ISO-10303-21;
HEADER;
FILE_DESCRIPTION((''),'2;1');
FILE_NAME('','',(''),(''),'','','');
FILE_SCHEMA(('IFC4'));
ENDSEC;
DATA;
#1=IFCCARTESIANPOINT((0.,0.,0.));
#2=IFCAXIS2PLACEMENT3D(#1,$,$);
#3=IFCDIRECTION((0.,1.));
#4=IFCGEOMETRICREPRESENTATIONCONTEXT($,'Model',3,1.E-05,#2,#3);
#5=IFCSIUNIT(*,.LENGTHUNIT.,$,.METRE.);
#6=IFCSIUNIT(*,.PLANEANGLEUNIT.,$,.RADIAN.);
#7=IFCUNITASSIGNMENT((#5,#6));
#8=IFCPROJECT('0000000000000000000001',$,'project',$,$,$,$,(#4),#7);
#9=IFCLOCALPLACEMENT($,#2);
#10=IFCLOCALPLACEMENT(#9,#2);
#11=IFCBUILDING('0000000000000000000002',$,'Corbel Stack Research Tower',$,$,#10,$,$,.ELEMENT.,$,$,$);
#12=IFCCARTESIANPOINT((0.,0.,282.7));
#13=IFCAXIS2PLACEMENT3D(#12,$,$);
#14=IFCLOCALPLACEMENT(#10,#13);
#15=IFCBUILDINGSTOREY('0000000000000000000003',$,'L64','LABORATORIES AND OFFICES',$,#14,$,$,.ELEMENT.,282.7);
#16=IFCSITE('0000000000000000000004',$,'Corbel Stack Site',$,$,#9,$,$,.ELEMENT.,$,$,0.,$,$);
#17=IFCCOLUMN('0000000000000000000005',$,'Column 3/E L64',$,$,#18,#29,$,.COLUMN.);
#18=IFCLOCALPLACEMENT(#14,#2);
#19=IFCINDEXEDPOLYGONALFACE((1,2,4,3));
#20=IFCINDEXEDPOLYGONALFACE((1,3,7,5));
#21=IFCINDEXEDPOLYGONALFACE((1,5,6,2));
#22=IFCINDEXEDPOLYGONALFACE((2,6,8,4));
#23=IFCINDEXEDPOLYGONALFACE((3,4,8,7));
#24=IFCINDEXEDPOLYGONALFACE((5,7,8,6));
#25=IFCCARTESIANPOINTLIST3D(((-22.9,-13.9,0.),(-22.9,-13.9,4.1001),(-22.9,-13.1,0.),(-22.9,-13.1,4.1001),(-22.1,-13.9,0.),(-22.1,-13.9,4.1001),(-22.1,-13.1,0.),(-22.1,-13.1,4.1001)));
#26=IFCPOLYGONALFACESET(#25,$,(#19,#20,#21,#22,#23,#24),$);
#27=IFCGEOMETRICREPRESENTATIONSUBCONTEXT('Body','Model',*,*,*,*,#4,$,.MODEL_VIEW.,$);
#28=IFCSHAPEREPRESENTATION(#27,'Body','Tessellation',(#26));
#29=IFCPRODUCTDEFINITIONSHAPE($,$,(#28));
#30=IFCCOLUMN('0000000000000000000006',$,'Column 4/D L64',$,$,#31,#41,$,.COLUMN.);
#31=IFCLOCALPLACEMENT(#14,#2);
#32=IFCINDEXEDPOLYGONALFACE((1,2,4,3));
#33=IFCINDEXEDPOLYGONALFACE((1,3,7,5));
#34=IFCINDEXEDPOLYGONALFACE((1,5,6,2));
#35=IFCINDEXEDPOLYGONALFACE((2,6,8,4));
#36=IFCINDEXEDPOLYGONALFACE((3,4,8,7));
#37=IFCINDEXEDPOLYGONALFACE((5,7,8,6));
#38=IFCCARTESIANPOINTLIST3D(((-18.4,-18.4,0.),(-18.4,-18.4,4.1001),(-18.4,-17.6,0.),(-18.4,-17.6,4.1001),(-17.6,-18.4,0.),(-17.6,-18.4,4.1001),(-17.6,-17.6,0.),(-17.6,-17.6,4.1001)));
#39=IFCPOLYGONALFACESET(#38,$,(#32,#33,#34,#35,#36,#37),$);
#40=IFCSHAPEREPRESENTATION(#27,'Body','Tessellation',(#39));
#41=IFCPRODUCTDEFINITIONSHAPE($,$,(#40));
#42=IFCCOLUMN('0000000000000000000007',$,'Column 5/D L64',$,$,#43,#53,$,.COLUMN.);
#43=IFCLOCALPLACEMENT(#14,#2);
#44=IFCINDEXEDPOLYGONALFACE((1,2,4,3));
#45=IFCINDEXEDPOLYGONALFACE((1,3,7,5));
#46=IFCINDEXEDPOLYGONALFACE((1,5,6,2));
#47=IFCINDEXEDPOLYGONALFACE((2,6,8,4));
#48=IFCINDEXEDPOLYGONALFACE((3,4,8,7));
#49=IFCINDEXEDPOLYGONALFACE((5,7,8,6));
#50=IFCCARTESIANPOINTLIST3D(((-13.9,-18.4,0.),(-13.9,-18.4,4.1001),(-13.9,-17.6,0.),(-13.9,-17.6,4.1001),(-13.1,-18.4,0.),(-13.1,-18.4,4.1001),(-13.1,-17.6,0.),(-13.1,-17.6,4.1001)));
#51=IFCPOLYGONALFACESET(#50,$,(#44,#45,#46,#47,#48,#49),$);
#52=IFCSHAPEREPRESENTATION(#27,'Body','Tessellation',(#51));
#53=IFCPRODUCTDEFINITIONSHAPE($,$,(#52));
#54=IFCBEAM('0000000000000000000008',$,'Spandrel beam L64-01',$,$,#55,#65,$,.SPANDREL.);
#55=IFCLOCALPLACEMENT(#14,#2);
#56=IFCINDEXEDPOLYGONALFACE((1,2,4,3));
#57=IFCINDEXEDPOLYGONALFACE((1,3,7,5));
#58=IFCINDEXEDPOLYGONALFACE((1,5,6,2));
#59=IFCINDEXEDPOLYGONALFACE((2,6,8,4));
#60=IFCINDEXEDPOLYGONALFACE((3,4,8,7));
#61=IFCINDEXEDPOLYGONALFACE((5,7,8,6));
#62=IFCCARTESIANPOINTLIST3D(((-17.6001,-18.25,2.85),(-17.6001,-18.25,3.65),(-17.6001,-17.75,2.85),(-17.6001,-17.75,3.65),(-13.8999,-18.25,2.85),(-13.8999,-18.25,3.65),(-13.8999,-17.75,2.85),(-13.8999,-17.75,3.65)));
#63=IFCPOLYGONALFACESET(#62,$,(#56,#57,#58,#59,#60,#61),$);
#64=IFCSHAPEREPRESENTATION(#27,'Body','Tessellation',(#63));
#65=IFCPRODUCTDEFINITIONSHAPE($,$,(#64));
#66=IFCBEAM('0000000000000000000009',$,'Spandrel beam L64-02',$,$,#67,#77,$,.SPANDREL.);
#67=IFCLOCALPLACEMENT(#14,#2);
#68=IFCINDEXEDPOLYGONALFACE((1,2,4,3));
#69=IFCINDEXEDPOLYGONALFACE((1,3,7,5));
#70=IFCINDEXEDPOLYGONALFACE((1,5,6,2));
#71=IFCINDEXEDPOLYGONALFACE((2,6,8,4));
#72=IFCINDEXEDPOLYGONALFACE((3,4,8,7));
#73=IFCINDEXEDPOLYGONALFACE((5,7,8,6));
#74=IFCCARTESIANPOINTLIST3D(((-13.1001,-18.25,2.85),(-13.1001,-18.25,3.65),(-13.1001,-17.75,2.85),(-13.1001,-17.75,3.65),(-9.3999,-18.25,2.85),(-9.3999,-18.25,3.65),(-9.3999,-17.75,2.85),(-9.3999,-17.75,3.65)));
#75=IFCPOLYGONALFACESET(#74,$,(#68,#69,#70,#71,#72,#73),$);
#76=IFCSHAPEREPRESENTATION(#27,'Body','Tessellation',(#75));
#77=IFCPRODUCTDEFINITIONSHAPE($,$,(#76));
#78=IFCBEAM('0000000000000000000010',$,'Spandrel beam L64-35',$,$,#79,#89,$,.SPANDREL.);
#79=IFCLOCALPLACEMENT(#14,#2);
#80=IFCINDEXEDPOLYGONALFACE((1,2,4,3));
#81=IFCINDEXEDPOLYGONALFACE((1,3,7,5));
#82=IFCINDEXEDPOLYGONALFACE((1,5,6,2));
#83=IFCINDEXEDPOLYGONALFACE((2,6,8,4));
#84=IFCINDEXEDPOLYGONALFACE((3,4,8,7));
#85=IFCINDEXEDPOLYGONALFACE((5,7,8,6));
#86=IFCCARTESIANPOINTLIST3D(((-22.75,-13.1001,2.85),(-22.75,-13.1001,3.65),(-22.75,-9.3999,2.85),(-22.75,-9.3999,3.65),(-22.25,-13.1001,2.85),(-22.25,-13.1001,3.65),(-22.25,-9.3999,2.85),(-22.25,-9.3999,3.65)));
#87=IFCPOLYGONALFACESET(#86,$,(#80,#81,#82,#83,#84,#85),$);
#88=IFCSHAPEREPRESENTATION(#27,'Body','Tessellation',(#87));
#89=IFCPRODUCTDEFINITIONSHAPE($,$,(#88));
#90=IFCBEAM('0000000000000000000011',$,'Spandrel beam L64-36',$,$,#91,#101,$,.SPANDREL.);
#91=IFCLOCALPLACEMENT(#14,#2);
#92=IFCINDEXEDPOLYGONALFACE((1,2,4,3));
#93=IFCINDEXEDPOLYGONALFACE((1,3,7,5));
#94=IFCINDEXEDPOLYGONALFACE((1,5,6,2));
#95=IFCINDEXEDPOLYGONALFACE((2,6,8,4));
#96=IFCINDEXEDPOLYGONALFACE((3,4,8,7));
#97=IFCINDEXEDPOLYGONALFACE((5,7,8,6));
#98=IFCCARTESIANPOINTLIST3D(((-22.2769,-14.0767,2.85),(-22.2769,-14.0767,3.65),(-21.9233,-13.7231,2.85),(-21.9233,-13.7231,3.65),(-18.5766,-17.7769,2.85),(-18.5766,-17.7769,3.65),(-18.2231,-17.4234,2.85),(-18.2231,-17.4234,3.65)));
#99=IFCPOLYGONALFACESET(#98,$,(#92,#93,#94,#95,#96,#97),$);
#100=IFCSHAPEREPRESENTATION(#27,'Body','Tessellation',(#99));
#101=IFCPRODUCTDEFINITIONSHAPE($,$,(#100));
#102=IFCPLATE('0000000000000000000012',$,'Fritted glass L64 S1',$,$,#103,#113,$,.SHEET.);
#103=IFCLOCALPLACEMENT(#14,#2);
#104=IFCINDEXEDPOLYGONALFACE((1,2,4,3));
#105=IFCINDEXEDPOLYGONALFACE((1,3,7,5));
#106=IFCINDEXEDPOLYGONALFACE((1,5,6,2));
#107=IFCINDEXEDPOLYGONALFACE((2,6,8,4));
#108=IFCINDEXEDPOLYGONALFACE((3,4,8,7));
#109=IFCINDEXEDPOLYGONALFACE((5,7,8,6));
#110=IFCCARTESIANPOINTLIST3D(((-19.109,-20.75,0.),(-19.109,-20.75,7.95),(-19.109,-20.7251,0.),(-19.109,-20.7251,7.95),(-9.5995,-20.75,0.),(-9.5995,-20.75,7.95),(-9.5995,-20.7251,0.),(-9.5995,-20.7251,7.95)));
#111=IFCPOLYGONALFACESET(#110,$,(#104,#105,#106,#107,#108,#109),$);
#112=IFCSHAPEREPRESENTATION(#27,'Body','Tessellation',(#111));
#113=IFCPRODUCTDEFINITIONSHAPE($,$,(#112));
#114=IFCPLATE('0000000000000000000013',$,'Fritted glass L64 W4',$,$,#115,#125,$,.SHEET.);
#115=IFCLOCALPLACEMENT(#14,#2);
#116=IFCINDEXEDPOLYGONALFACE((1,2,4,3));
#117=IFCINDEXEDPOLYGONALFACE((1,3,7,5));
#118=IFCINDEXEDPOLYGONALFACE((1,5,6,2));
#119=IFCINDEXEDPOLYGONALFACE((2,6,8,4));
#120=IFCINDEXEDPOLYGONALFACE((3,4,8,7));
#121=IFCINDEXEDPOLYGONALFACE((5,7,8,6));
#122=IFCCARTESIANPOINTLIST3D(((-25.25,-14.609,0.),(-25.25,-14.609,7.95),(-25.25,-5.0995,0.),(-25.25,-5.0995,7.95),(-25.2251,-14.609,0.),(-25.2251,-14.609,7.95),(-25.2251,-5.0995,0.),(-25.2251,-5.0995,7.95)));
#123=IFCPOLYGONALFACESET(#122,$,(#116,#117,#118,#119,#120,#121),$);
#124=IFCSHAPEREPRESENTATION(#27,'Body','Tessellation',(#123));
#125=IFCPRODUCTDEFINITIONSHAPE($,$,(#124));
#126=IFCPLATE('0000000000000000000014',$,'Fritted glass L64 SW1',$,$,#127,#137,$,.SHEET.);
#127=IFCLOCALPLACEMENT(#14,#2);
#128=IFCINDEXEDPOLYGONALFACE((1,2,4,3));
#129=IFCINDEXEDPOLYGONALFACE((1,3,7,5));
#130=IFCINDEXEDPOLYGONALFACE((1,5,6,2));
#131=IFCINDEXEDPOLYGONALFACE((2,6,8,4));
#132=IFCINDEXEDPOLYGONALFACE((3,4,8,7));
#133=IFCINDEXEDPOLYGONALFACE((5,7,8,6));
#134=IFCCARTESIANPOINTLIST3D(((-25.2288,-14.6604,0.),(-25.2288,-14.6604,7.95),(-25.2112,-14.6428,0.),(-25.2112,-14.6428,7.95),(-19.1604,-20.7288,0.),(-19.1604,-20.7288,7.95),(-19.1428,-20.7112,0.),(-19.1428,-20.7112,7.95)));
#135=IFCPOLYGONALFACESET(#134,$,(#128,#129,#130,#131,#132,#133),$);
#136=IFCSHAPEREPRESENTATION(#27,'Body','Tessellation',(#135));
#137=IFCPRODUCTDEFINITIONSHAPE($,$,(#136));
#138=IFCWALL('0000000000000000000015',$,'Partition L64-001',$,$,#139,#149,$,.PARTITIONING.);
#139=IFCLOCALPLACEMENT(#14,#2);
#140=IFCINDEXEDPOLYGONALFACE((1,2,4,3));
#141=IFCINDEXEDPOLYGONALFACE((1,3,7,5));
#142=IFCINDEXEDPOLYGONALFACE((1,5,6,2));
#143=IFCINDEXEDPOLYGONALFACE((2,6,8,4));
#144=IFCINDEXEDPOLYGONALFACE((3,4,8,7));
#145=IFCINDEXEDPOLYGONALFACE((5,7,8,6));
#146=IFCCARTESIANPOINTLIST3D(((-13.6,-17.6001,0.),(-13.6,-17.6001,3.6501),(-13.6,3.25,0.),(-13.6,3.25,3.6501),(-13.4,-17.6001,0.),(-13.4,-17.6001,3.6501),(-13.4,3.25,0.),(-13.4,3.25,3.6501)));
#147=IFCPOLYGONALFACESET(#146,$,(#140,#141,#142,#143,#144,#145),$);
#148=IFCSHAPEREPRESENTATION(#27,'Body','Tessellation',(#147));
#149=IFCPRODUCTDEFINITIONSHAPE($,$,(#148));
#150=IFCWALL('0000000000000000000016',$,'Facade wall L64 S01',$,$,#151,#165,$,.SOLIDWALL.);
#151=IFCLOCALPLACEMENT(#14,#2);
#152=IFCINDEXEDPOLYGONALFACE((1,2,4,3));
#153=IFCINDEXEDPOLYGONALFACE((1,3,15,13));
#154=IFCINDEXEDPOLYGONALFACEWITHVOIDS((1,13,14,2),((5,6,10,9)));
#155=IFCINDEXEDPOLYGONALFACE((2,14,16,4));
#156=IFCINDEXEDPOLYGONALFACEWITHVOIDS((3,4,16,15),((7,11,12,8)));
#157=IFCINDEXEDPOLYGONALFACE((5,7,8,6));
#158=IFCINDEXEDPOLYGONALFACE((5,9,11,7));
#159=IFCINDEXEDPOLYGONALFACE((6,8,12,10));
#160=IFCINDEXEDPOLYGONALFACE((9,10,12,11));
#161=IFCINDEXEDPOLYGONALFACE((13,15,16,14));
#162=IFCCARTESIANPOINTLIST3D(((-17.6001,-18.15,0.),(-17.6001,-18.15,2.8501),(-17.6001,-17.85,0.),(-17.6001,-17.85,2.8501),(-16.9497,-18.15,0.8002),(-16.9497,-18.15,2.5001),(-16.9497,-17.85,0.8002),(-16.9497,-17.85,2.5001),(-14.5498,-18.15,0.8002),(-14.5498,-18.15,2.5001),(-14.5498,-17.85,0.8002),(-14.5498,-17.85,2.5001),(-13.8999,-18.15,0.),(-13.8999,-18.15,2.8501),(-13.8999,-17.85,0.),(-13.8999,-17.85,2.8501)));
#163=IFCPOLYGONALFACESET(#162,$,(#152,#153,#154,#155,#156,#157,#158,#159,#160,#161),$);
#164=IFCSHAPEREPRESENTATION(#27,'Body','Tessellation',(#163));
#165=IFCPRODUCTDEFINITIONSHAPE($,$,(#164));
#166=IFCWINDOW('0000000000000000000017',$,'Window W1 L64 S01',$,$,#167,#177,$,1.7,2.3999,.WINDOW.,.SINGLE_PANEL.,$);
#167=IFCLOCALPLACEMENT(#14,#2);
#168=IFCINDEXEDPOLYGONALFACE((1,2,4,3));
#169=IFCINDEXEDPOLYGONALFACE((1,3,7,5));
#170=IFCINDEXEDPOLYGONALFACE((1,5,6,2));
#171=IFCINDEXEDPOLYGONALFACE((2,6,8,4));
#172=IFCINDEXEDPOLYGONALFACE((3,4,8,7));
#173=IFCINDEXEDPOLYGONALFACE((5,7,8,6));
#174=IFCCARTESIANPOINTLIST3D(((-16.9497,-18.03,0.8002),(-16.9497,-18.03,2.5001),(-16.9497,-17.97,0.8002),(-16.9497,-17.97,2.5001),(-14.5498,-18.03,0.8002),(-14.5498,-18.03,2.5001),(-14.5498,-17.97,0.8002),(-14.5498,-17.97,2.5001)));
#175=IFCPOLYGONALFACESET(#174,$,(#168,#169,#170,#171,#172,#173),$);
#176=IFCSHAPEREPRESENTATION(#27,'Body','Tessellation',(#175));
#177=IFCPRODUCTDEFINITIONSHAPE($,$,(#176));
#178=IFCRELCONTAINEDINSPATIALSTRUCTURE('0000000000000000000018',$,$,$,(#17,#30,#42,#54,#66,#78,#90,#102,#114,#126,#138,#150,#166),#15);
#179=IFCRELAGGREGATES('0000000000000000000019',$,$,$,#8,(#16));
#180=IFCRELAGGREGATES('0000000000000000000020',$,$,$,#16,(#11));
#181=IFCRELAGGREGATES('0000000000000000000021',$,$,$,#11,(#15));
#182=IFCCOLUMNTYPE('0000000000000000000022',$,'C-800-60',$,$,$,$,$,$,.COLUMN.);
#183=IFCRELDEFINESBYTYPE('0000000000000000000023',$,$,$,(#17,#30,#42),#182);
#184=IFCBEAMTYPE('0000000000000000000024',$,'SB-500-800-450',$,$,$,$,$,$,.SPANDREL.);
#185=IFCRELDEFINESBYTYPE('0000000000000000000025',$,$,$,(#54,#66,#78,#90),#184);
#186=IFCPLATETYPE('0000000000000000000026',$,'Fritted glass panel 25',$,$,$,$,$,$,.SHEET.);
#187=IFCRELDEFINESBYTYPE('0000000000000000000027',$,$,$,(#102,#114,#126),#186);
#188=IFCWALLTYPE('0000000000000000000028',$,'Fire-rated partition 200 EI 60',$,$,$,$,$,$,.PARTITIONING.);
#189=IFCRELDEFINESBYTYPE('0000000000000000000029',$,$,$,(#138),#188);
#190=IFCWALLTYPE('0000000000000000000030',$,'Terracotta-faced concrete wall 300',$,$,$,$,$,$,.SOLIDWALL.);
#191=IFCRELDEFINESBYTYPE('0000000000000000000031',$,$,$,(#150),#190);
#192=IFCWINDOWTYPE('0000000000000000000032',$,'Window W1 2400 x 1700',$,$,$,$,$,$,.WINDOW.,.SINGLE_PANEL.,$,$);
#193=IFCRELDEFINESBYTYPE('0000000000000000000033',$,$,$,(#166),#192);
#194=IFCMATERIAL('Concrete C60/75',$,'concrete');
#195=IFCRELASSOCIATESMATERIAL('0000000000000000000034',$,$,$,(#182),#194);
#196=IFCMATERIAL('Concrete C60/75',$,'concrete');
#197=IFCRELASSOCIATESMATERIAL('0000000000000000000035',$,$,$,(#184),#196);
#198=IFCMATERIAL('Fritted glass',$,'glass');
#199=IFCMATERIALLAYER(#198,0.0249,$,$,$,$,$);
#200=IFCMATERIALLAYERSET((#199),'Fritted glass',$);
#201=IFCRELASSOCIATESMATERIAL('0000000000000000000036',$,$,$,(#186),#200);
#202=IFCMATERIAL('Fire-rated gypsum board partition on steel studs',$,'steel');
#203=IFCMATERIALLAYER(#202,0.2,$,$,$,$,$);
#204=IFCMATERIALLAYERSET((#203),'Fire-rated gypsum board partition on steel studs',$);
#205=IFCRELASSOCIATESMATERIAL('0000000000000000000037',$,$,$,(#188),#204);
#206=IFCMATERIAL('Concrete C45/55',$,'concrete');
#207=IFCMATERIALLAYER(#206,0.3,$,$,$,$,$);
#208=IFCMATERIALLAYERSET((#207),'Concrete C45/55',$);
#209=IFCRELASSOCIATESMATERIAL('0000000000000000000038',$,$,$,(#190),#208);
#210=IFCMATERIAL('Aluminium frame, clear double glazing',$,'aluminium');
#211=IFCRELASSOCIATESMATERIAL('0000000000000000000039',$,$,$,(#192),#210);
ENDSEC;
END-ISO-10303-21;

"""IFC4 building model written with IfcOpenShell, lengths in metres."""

from ifc_helpers import new_model, si_unit, direction, frame, frame_2d, origin, origin_2d, place, context, subcontext, project, spatial, rectangle, extrude, material, layer, layer_set, material_profile, profile_set, type_object, element, fill, save


model = new_model("IFC4")

# Units and contexts
model_context = context("Model", 3, precision=1e-05, world=origin(), true_north=direction((0.0, 1.0)))
body_context = subcontext(model_context, "Body", "Model", "MODEL_VIEW")
ifc_project = project(units=[si_unit("LENGTHUNIT", "METRE"), si_unit("PLANEANGLEUNIT", "RADIAN")], contexts=[model_context])

# Site, building, storey
site_placement = place(None, origin())
site = spatial("IfcSite", under=ifc_project, at=site_placement, Name="Corbel Stack Site", CompositionType="ELEMENT", RefElevation=0.0)
building_placement = place(site_placement, origin())
building = spatial("IfcBuilding", under=site, at=building_placement, Name="Corbel Stack Research Tower", CompositionType="ELEMENT")
storey_placement = place(building_placement, frame((0.0, 0.0, 282.7)))
storey = spatial("IfcBuildingStorey", under=building, at=storey_placement, Name="L64", Description="LABORATORIES AND OFFICES", CompositionType="ELEMENT", Elevation=282.7)

# Columns
ifc_material_1 = material(Name="Concrete C60/75", Category="concrete")
ifc_material_profile_1 = material_profile(ifc_material_1, rectangle(XDim=0.8, YDim=0.8, at=origin_2d()), Name="RC 800 x 800")
ifc_profile_set_1 = profile_set([ifc_material_profile_1], Name="Concrete C60/75")
column_type = type_object("IfcColumnType", Name="C-800-60", PredefinedType="COLUMN", material=ifc_profile_set_1)
for number, where, z_axis, x_axis, name in (
    (1, (-22.5, -13.5, 0.0), (0.0, 0.0, 1.0), (1.0, 0.0, 0.0), "Column 3/E L64"),
    (2, (-18.0, -18.0, 0.0), (0.0, 0.0, 1.0), (1.0, 0.0, 0.0), "Column 4/D L64"),
    (3, (-13.5, -18.0, 0.0), (0.0, 0.0, 1.0), (1.0, 0.0, 0.0), "Column 5/D L64"),
):
    element("IfcColumn", number, at=place(storey_placement, frame(where, z_axis=z_axis, x_axis=x_axis)), inside=storey, type_object=column_type, Name=name, PredefinedType="COLUMN", context=body_context, shape_type="SweptSolid", body=[
        extrude(rectangle(XDim=0.8, YDim=0.8, at=origin_2d()), origin(), (0.0, 0.0, 1.0), 4.1001),
    ])

# Beams
ifc_material_2 = material(Name="Concrete C60/75", Category="concrete")
ifc_material_profile_2 = material_profile(ifc_material_2, rectangle(XDim=0.5, YDim=0.8, at=origin_2d()), Name="RC 500 x 800")
ifc_profile_set_2 = profile_set([ifc_material_profile_2], Name="Concrete C60/75")
beam_type = type_object("IfcBeamType", Name="SB-500-800-450", PredefinedType="SPANDREL", material=ifc_profile_set_2)
for number, where, z_axis, x_axis, name in (
    (4, (-17.6001, -18.0, 3.25), (1.0, 0.0, 0.0), (0.0, 1.0, 0.0), "Spandrel beam L64-01"),
    (5, (-13.1001, -18.0, 3.25), (1.0, 0.0, 0.0), (0.0, 1.0, 0.0), "Spandrel beam L64-02"),
    (6, (-22.5, -9.3999, 3.25), (0.0, -1.0, 0.0), (1.0, 0.0, 0.0), "Spandrel beam L64-35"),
):
    element("IfcBeam", number, at=place(storey_placement, frame(where, z_axis=z_axis, x_axis=x_axis)), inside=storey, type_object=beam_type, Name=name, PredefinedType="SPANDREL", context=body_context, shape_type="SweptSolid", body=[
        extrude(rectangle(XDim=0.5, YDim=0.8, at=origin_2d()), origin(), (0.0, 0.0, 1.0), 3.7002),
    ])
beam_placement = place(storey_placement, frame((-22.1001, -13.8999, 3.25), z_axis=(0.707107, -0.707107, 0.0), x_axis=(0.707107, 0.707107, 0.0)))
element("IfcBeam", 7, at=beam_placement, inside=storey, type_object=beam_type, Name="Spandrel beam L64-36", PredefinedType="SPANDREL", context=body_context, shape_type="SweptSolid", body=[
    extrude(rectangle(XDim=0.5, YDim=0.8, at=origin_2d()), origin(), (0.0, 0.0, 1.0), 5.2329),
])

# Plates
ifc_material_3 = material(Name="Fritted glass", Category="glass")
ifc_layer_1 = layer(ifc_material_3, 0.0249)
ifc_layer_set_1 = layer_set([ifc_layer_1], Name="Fritted glass")
plate_type = type_object("IfcPlateType", Name="Fritted glass panel 25", PredefinedType="SHEET", material=ifc_layer_set_1)
for number, where, z_axis, x_axis, name in (
    (8, (-14.3542, -20.7375, 0.0), (0.0, 0.0, 1.0), (1.0, 0.0, 0.0), "Fritted glass L64 S1"),
    (9, (-25.2375, -9.8542, 0.0), (0.0, 0.0, 1.0), (0.0, -1.0, 0.0), "Fritted glass L64 W4"),
):
    element("IfcPlate", number, at=place(storey_placement, frame(where, z_axis=z_axis, x_axis=x_axis)), inside=storey, type_object=plate_type, Name=name, PredefinedType="SHEET", context=body_context, shape_type="SweptSolid", body=[
        extrude(rectangle(XDim=9.5095, YDim=0.0249, at=origin_2d()), origin(), (0.0, 0.0, 1.0), 7.95),
    ])
plate_placement = place(storey_placement, frame((-22.1858, -17.6858, 0.0), z_axis=(0.0, 0.0, 1.0), x_axis=(0.707107, -0.707107, 0.0)))
element("IfcPlate", 10, at=plate_placement, inside=storey, type_object=plate_type, Name="Fritted glass L64 SW1", PredefinedType="SHEET", context=body_context, shape_type="SweptSolid", body=[
    extrude(rectangle(XDim=8.582, YDim=0.0249, at=origin_2d()), origin(), (0.0, 0.0, 1.0), 7.95),
])

# Wall
ifc_material_4 = material(Name="Fire-rated gypsum board partition on steel studs", Category="steel")
ifc_layer_2 = layer(ifc_material_4, 0.2)
ifc_layer_set_2 = layer_set([ifc_layer_2], Name="Fire-rated gypsum board partition on steel studs")
wall_type_1 = type_object("IfcWallType", Name="Fire-rated partition 200 EI 60", PredefinedType="PARTITIONING", material=ifc_layer_set_2)
wall_1_placement = place(storey_placement, frame((-13.5, -17.6001, 0.0), z_axis=(0.0, 0.0, 1.0), x_axis=(0.0, 1.0, 0.0)))
element("IfcWall", 11, at=wall_1_placement, inside=storey, type_object=wall_type_1, Name="Partition L64-001", PredefinedType="PARTITIONING", context=body_context, shape_type="SweptSolid", body=[
    extrude(rectangle(XDim=20.8501, YDim=0.2, at=frame_2d((10.425, 0.0))), origin(), (0.0, 0.0, 1.0), 3.6501),
])

# Wall, opening, window
ifc_material_5 = material(Name="Concrete C45/55", Category="concrete")
ifc_layer_3 = layer(ifc_material_5, 0.3)
ifc_layer_set_3 = layer_set([ifc_layer_3], Name="Concrete C45/55")
wall_type_2 = type_object("IfcWallType", Name="Terracotta-faced concrete wall 300", PredefinedType="SOLIDWALL", material=ifc_layer_set_3)
wall_2_placement = place(storey_placement, frame((-13.8999, -18.0, 0.0), z_axis=(0.0, 0.0, 1.0), x_axis=(-1.0, 0.0, 0.0)))
wall_2 = element("IfcWall", 12, at=wall_2_placement, inside=storey, type_object=wall_type_2, Name="Facade wall L64 S01", PredefinedType="SOLIDWALL", context=body_context, shape_type="SweptSolid", body=[
    extrude(rectangle(XDim=3.7002, YDim=0.3, at=frame_2d((1.8501, 0.0))), origin(), (0.0, 0.0, 1.0), 2.8501),
])
opening_1_placement = place(wall_2_placement, frame((0.6499, 0.0, 0.8)))
opening_1 = element("IfcOpeningElement", 13, at=opening_1_placement, cuts=wall_2, PredefinedType="OPENING", context=body_context, shape_type="SweptSolid", body=[
    extrude(rectangle(XDim=2.3999, YDim=1.7, at=frame_2d((1.2, 0.8501))), frame((0.0, 0.1599, 0.0), z_axis=(0.0, -1.0, 0.0), x_axis=(1.0, 0.0, 0.0)), (0.0, 0.0, 1.0), 0.3201),
])
ifc_material_6 = material(Name="Aluminium frame, clear double glazing", Category="aluminium")
window_type = type_object("IfcWindowType", Name="Window W1 2400 x 1700", PartitioningType="SINGLE_PANEL", PredefinedType="WINDOW", material=ifc_material_6)
window_1_placement = place(opening_1_placement, origin())
window_1 = element("IfcWindow", 14, at=window_1_placement, inside=storey, type_object=window_type, Name="Window W1 L64 S01", OverallHeight=1.7, OverallWidth=2.3999, PartitioningType="SINGLE_PANEL", PredefinedType="WINDOW", context=body_context, shape_type="SweptSolid", body=[
    extrude(rectangle(XDim=2.3999, YDim=1.7, at=frame_2d((1.2, 0.8501))), frame((0.0, 0.03, 0.0), z_axis=(0.0, -1.0, 0.0), x_axis=(1.0, 0.0, 0.0)), (0.0, 0.0, 1.0), 0.0601),
])
fill(opening_1, window_1)

save(model, "model.ifc")
